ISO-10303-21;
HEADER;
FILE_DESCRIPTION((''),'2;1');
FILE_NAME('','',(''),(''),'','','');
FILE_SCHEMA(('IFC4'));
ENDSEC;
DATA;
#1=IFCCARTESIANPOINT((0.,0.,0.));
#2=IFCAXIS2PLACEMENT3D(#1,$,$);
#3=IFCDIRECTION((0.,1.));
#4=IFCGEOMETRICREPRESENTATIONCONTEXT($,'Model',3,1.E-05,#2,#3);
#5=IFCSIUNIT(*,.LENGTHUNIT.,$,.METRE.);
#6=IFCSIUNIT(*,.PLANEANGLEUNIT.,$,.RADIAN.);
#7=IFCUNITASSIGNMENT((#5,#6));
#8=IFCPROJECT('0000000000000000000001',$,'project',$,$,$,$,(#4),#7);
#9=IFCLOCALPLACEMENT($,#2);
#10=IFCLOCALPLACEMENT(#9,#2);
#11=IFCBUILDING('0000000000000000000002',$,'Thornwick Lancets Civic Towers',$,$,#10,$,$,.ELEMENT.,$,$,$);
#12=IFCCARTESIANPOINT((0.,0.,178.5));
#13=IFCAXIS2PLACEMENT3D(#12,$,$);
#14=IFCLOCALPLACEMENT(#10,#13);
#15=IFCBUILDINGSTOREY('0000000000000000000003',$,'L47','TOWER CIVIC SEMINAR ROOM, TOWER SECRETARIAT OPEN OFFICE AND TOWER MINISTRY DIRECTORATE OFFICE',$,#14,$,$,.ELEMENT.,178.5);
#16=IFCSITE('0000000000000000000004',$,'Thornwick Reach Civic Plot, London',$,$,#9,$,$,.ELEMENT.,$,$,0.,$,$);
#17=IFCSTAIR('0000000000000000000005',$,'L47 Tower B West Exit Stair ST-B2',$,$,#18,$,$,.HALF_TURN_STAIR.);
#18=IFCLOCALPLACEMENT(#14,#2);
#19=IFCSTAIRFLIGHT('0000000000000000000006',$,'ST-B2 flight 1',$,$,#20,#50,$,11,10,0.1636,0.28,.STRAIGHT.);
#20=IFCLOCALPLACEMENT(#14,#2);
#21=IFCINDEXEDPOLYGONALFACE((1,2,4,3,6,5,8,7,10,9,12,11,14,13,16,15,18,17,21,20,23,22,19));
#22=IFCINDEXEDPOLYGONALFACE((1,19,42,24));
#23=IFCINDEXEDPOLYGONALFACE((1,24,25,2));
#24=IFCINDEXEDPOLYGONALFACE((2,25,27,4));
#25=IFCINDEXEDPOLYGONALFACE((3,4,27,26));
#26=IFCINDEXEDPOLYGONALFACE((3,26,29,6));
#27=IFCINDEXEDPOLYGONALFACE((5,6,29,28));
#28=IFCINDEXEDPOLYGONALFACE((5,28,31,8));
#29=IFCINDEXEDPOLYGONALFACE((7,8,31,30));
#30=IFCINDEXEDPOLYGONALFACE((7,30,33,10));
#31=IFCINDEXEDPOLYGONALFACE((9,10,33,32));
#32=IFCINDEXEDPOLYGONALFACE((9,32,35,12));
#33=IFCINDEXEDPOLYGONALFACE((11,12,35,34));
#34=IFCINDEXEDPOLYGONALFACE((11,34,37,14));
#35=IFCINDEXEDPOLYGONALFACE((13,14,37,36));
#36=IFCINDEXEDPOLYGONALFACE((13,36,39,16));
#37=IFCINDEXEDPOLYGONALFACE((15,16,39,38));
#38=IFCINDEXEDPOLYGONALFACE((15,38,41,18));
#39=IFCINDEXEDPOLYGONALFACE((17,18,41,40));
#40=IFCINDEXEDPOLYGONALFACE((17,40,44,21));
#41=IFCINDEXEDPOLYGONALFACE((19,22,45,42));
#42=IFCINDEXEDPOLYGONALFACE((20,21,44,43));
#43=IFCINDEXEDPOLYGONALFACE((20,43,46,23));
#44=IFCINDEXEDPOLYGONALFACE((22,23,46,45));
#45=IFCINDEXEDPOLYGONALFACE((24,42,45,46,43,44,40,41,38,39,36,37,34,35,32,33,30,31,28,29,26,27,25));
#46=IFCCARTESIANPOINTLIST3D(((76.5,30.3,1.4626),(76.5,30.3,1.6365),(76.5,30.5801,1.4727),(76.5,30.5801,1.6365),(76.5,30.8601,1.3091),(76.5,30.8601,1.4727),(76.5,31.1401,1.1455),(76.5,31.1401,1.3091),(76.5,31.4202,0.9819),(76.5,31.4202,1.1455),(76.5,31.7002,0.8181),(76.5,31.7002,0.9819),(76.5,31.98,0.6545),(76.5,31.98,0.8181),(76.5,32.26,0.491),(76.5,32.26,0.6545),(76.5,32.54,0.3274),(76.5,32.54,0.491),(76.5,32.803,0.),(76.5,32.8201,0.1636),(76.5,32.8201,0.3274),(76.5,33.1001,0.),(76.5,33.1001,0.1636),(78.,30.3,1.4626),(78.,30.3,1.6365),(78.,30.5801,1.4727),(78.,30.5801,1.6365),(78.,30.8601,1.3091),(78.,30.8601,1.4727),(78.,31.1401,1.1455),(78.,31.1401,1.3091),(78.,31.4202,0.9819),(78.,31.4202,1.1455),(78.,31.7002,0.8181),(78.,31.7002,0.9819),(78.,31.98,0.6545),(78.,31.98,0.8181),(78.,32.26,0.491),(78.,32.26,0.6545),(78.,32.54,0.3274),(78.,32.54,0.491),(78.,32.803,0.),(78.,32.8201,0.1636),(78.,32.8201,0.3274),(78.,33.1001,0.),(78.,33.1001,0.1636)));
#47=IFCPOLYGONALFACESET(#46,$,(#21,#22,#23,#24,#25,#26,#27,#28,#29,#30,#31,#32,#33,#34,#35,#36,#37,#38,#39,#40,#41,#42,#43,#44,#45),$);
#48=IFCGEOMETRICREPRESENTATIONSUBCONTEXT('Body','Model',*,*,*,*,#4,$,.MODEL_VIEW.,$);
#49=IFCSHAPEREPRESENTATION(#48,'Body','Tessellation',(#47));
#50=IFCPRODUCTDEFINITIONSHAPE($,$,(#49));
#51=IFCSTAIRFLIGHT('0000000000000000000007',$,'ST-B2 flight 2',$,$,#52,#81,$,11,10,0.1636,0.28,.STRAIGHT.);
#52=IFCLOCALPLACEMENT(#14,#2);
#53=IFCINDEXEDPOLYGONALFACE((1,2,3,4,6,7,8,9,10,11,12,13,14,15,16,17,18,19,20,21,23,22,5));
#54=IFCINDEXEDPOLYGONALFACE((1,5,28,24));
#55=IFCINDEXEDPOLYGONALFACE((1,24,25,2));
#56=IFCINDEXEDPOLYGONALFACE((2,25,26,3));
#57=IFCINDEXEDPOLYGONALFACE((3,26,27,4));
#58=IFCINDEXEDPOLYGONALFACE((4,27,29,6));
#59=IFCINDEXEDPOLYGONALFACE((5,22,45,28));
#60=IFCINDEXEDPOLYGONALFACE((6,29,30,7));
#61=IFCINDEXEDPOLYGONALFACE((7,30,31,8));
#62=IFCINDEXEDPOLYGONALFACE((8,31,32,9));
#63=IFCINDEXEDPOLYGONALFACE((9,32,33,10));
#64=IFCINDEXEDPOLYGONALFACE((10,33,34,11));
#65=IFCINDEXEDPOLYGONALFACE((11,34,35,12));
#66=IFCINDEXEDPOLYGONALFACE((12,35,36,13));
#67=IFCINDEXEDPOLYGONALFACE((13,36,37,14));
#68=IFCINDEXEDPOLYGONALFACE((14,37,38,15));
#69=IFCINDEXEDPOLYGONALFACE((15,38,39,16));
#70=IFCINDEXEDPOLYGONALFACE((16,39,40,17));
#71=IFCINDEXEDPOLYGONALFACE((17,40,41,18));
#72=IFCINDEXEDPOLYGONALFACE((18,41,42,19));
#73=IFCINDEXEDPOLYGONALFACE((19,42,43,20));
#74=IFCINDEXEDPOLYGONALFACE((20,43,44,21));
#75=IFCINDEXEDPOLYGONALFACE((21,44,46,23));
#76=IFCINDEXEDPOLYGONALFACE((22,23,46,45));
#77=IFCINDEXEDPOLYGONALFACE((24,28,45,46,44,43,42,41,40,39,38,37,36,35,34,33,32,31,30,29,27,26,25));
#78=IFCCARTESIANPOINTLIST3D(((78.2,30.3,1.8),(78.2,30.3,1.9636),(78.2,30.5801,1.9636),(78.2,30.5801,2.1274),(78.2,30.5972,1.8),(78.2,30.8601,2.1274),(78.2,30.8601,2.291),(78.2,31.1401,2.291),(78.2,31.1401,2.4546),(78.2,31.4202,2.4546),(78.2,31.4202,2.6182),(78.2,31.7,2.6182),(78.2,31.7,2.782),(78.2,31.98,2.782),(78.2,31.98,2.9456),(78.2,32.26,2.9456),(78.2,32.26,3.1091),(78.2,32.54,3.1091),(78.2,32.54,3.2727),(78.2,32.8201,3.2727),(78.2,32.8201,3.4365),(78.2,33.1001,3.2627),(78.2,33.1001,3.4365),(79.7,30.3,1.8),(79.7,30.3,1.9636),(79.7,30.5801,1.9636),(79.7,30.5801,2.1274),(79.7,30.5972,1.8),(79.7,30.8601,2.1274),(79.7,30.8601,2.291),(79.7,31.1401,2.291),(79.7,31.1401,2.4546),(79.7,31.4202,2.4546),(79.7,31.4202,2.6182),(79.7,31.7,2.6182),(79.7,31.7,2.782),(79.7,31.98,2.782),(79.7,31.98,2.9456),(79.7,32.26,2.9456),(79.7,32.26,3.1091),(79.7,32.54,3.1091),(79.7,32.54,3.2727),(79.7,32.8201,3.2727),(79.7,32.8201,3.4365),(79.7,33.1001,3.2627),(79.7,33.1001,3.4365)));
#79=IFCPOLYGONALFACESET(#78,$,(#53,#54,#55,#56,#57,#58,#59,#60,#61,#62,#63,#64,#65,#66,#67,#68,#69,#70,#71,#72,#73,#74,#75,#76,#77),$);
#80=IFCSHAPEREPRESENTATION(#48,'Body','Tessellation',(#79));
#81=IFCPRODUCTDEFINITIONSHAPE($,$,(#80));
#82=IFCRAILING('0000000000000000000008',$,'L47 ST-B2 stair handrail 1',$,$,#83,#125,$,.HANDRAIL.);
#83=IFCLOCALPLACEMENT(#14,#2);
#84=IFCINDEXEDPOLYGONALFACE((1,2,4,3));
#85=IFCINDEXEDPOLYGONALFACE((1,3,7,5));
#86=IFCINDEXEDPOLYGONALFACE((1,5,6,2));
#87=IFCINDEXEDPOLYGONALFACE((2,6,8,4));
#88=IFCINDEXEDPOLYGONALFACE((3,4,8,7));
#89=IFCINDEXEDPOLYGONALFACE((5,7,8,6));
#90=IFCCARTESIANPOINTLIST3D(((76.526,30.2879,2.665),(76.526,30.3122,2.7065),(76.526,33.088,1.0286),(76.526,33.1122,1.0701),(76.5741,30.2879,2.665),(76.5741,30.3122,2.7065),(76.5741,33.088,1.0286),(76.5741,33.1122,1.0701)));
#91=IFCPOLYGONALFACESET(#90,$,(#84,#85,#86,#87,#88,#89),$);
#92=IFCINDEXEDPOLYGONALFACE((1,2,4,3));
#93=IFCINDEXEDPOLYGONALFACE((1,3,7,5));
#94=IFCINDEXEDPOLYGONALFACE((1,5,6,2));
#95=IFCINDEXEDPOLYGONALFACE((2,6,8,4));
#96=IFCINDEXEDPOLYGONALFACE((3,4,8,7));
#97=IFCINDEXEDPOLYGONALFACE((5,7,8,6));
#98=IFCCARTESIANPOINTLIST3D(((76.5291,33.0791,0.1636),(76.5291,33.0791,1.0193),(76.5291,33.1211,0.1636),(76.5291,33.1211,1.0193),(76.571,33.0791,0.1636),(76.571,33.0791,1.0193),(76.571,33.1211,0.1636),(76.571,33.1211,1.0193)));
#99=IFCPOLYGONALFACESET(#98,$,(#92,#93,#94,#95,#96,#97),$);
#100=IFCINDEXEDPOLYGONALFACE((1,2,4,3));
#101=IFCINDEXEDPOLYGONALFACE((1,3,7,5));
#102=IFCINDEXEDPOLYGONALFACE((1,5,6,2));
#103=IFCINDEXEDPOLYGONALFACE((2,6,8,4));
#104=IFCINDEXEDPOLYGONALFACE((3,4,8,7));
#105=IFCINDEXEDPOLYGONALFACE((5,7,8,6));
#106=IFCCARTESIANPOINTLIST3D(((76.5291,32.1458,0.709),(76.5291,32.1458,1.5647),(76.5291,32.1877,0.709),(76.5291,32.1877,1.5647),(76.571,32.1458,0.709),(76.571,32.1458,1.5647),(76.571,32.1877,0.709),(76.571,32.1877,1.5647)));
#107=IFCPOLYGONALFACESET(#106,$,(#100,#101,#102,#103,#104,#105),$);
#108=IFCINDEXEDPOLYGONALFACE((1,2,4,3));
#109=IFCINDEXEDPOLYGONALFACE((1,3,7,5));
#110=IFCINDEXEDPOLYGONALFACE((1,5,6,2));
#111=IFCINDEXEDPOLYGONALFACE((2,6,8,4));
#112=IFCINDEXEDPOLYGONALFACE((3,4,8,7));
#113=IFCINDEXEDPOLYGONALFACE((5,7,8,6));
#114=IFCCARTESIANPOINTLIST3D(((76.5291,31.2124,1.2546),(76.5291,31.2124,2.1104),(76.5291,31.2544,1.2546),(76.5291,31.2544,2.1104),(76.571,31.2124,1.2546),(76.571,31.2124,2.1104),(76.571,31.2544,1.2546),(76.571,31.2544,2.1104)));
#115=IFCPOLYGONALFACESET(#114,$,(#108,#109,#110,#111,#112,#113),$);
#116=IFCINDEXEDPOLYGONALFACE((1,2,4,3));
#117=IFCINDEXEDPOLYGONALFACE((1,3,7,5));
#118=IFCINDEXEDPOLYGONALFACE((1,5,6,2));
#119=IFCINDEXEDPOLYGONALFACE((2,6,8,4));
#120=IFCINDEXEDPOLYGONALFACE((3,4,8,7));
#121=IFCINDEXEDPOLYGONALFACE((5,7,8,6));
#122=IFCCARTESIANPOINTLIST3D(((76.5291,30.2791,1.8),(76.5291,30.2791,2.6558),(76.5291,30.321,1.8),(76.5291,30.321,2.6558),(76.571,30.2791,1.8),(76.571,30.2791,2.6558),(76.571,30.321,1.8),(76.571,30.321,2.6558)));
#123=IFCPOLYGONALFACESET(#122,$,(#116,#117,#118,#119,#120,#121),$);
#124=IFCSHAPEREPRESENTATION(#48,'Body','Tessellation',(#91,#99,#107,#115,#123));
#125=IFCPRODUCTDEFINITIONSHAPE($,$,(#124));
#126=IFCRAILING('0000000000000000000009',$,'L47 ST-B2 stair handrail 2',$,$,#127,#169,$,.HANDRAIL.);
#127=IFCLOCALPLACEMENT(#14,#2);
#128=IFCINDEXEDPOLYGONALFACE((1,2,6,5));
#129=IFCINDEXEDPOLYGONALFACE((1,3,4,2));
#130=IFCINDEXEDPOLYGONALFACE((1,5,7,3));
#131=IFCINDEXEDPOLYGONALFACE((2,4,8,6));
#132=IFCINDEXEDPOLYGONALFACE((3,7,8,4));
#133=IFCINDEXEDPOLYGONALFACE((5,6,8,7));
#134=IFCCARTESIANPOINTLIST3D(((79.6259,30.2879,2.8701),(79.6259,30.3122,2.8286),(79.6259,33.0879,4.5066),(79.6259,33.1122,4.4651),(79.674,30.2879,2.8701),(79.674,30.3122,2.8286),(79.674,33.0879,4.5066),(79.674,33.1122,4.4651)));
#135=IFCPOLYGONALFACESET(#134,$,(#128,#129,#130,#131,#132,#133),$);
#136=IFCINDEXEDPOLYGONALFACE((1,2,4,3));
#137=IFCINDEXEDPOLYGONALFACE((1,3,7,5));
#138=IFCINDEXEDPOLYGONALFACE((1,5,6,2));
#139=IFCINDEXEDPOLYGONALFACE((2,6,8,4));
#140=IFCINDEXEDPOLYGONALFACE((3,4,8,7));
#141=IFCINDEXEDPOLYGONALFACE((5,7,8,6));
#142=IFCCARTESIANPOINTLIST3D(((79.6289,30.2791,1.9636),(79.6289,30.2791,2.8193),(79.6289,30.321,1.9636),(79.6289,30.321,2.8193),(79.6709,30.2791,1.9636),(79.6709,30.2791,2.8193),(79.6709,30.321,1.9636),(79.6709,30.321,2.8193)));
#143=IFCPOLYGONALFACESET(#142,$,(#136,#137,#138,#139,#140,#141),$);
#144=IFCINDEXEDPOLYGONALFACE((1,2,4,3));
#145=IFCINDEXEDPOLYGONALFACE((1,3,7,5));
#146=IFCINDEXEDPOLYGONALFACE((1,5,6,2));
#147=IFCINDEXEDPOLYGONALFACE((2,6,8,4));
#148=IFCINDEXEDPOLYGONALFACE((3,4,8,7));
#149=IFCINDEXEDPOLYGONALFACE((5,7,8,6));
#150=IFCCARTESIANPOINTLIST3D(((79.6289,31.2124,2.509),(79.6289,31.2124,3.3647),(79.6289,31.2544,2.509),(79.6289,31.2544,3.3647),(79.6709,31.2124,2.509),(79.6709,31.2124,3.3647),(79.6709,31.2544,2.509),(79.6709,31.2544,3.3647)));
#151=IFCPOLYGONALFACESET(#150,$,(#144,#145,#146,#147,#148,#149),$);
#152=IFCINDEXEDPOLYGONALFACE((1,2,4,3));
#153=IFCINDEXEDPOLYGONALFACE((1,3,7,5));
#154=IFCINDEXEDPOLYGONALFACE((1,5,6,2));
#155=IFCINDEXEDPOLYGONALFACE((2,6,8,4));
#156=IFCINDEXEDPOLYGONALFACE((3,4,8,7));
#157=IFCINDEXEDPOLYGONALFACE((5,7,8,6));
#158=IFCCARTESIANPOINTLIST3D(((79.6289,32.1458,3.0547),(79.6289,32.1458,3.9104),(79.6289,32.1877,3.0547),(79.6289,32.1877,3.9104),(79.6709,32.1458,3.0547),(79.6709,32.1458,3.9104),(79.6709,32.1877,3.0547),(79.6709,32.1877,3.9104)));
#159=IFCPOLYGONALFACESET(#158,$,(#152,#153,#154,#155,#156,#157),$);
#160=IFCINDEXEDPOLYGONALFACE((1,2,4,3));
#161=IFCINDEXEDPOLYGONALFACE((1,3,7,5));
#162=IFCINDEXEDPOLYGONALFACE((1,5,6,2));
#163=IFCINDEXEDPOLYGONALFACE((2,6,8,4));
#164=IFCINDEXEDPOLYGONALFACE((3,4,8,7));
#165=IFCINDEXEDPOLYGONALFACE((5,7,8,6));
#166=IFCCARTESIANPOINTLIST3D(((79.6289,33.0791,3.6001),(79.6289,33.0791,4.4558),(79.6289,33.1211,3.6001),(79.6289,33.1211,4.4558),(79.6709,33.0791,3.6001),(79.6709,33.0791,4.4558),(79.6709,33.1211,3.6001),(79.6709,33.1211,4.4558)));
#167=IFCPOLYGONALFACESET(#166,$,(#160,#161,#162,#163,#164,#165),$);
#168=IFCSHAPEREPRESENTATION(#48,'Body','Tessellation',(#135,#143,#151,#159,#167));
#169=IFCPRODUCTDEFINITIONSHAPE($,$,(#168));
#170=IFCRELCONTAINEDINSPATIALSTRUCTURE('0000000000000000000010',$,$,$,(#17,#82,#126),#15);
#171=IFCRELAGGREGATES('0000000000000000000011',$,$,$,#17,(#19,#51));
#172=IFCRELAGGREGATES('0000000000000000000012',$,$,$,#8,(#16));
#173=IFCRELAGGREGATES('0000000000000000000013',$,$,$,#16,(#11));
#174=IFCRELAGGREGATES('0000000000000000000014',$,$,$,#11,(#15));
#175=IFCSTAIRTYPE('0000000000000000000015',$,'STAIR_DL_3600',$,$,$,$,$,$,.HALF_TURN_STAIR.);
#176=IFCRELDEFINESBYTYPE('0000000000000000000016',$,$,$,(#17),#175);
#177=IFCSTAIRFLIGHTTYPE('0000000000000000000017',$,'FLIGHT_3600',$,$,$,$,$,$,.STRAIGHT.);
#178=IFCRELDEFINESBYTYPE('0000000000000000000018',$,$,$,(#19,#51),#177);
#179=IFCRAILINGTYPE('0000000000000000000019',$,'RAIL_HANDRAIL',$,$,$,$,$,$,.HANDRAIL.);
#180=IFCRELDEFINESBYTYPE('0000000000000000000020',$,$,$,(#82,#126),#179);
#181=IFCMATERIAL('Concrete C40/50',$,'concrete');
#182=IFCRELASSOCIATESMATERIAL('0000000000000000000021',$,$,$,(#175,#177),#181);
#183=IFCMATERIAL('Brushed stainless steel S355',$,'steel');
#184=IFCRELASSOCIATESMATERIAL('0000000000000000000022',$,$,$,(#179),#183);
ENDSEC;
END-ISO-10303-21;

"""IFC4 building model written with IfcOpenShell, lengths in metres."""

from ifc_helpers import new_model, si_unit, direction, frame, origin, origin_2d, place, context, subcontext, project, spatial, polyline, rectangle, outline, extrude, material, type_object, element, aggregate, save


model = new_model("IFC4")

# Units and contexts
model_context = context("Model", 3, precision=1e-05, world=origin(), true_north=direction((0.0, 1.0)))
body_context = subcontext(model_context, "Body", "Model", "MODEL_VIEW")
ifc_project = project(units=[si_unit("LENGTHUNIT", "METRE"), si_unit("PLANEANGLEUNIT", "RADIAN")], contexts=[model_context])

# Site, building, storey
site_placement = place(None, origin())
site = spatial("IfcSite", under=ifc_project, at=site_placement, Name="Thornwick Reach Civic Plot, London", CompositionType="ELEMENT", RefElevation=0.0)
building_placement = place(site_placement, origin())
building = spatial("IfcBuilding", under=site, at=building_placement, Name="Thornwick Lancets Civic Towers", CompositionType="ELEMENT")
storey_placement = place(building_placement, frame((0.0, 0.0, 178.5)))
storey = spatial("IfcBuildingStorey", under=building, at=storey_placement, Name="L47", Description="TOWER CIVIC SEMINAR ROOM, TOWER SECRETARIAT OPEN OFFICE AND TOWER MINISTRY DIRECTORATE OFFICE", CompositionType="ELEMENT", Elevation=178.5)

# Shared definitions
ifc_material_1 = material(Name="Concrete C40/50", Category="concrete")

# Stair, stair flights
stair_type = type_object("IfcStairType", Name="STAIR_DL_3600", PredefinedType="HALF_TURN_STAIR", material=ifc_material_1)
stair_placement = place(storey_placement, origin())
stair = element("IfcStair", 1, at=stair_placement, inside=storey, type_object=stair_type, Name="L47 Tower B West Exit Stair ST-B2", PredefinedType="HALF_TURN_STAIR")
stair_flight_type = type_object("IfcStairFlightType", Name="FLIGHT_3600", PredefinedType="STRAIGHT", material=ifc_material_1)
stair_flight_1_placement = place(storey_placement, frame((77.25, 33.1001, 0.0), z_axis=(0.0, 0.0, 1.0), x_axis=(0.0, -1.0, 0.0)))
stair_flight_1 = element("IfcStairFlight", 2, at=stair_flight_1_placement, type_object=stair_flight_type, Name="ST-B2 flight 1", NumberOfRisers=11, NumberOfTreads=10, PredefinedType="STRAIGHT", RiserHeight=0.1636, TreadLength=0.28, context=body_context, shape_type="SweptSolid", body=[
    extrude(outline(polyline([(0.0, 0.0), (0.0, 0.1636), (0.28, 0.1636), (0.28, 0.3274), (0.5601, 0.3274), (0.5601, 0.491), (0.8401, 0.491), (0.8401, 0.6545), (1.1201, 0.6545), (1.1201, 0.8181), (1.3999, 0.8181), (1.3999, 0.9819), (1.6799, 0.9819), (1.6799, 1.1455), (1.96, 1.1455), (1.96, 1.3091), (2.24, 1.3091), (2.24, 1.4727), (2.52, 1.4727), (2.52, 1.6365), (2.8, 1.6365), (2.8, 1.8), (2.8, 1.4626), (0.2971, 0.0), (0.0, 0.0)])), frame((0.0, 0.75, 0.0), z_axis=(0.0, -1.0, 0.0), x_axis=(1.0, 0.0, 0.0)), (0.0, 0.0, 1.0), 1.5),
])
stair_flight_2_placement = place(storey_placement, frame((78.95, 30.3, 1.8), z_axis=(0.0, 0.0, 1.0), x_axis=(0.0, 1.0, 0.0)))
stair_flight_2 = element("IfcStairFlight", 3, at=stair_flight_2_placement, type_object=stair_flight_type, Name="ST-B2 flight 2", NumberOfRisers=11, NumberOfTreads=10, PredefinedType="STRAIGHT", RiserHeight=0.1636, TreadLength=0.28, context=body_context, shape_type="SweptSolid", body=[
    extrude(outline(polyline([(0.0, 0.0), (0.0, 0.1636), (0.28, 0.1636), (0.28, 0.3274), (0.5601, 0.3274), (0.5601, 0.491), (0.8401, 0.491), (0.8401, 0.6545), (1.1201, 0.6545), (1.1201, 0.8181), (1.3999, 0.8181), (1.3999, 0.9819), (1.6799, 0.9819), (1.6799, 1.1455), (1.96, 1.1455), (1.96, 1.3091), (2.24, 1.3091), (2.24, 1.4727), (2.52, 1.4727), (2.52, 1.6365), (2.8, 1.6365), (2.8, 1.8), (2.8, 1.4626), (0.2971, 0.0), (0.0, 0.0)])), frame((0.0, 0.75, 0.0), z_axis=(0.0, -1.0, 0.0), x_axis=(1.0, 0.0, 0.0)), (0.0, 0.0, 1.0), 1.5),
])
aggregate(stair, [stair_flight_1, stair_flight_2])

# Railings
ifc_material_2 = material(Name="Brushed stainless steel S355", Category="steel")
railing_type_1 = type_object("IfcRailingType", Name="RAIL_HANDRAIL", PredefinedType="HANDRAIL", material=ifc_material_2)
railing_1_placement = place(storey_placement, frame((76.55, 33.1001, 0.1636)))
element("IfcRailing", 4, at=railing_1_placement, inside=storey, type_object=railing_type_1, Name="L47 ST-B2 stair handrail 1", PredefinedType="HANDRAIL", context=body_context, shape_type="SweptSolid", body=[
    extrude(rectangle(XDim=0.0481, YDim=0.0481, at=origin_2d()), frame((0.0, 0.0, 0.8857), z_axis=(0.0, -0.863361, 0.504587), x_axis=(1.0, 0.0, 0.0)), (0.0, 0.0, 1.0), 3.2432),
    extrude(rectangle(XDim=0.042, YDim=0.042, at=origin_2d()), origin(), (0.0, 0.0, 1.0), 0.8557),
    extrude(rectangle(XDim=0.042, YDim=0.042, at=origin_2d()), frame((0.0, -0.9333, 0.5454)), (0.0, 0.0, 1.0), 0.8557),
    extrude(rectangle(XDim=0.042, YDim=0.042, at=origin_2d()), frame((0.0, -1.8667, 1.0911)), (0.0, 0.0, 1.0), 0.8557),
    extrude(rectangle(XDim=0.042, YDim=0.042, at=origin_2d()), frame((0.0, -2.8, 1.6365)), (0.0, 0.0, 1.0), 0.8557),
])
railing_2_placement = place(storey_placement, frame((79.6499, 30.3, 1.9636)))
element("IfcRailing", 5, at=railing_2_placement, inside=storey, type_object=railing_type_1, Name="L47 ST-B2 stair handrail 2", PredefinedType="HANDRAIL", context=body_context, shape_type="SweptSolid", body=[
    extrude(rectangle(XDim=0.0481, YDim=0.0481, at=origin_2d()), frame((0.0, 0.0, 0.8857), z_axis=(0.0, 0.863361, 0.504587), x_axis=(-1.0, 0.0, 0.0)), (0.0, 0.0, 1.0), 3.2432),
    extrude(rectangle(XDim=0.042, YDim=0.042, at=origin_2d()), origin(), (0.0, 0.0, 1.0), 0.8557),
    extrude(rectangle(XDim=0.042, YDim=0.042, at=origin_2d()), frame((0.0, 0.9333, 0.5454)), (0.0, 0.0, 1.0), 0.8557),
    extrude(rectangle(XDim=0.042, YDim=0.042, at=origin_2d()), frame((0.0, 1.8667, 1.0911)), (0.0, 0.0, 1.0), 0.8557),
    extrude(rectangle(XDim=0.042, YDim=0.042, at=origin_2d()), frame((0.0, 2.8, 1.6365)), (0.0, 0.0, 1.0), 0.8557),
])

save(model, "model.ifc")
